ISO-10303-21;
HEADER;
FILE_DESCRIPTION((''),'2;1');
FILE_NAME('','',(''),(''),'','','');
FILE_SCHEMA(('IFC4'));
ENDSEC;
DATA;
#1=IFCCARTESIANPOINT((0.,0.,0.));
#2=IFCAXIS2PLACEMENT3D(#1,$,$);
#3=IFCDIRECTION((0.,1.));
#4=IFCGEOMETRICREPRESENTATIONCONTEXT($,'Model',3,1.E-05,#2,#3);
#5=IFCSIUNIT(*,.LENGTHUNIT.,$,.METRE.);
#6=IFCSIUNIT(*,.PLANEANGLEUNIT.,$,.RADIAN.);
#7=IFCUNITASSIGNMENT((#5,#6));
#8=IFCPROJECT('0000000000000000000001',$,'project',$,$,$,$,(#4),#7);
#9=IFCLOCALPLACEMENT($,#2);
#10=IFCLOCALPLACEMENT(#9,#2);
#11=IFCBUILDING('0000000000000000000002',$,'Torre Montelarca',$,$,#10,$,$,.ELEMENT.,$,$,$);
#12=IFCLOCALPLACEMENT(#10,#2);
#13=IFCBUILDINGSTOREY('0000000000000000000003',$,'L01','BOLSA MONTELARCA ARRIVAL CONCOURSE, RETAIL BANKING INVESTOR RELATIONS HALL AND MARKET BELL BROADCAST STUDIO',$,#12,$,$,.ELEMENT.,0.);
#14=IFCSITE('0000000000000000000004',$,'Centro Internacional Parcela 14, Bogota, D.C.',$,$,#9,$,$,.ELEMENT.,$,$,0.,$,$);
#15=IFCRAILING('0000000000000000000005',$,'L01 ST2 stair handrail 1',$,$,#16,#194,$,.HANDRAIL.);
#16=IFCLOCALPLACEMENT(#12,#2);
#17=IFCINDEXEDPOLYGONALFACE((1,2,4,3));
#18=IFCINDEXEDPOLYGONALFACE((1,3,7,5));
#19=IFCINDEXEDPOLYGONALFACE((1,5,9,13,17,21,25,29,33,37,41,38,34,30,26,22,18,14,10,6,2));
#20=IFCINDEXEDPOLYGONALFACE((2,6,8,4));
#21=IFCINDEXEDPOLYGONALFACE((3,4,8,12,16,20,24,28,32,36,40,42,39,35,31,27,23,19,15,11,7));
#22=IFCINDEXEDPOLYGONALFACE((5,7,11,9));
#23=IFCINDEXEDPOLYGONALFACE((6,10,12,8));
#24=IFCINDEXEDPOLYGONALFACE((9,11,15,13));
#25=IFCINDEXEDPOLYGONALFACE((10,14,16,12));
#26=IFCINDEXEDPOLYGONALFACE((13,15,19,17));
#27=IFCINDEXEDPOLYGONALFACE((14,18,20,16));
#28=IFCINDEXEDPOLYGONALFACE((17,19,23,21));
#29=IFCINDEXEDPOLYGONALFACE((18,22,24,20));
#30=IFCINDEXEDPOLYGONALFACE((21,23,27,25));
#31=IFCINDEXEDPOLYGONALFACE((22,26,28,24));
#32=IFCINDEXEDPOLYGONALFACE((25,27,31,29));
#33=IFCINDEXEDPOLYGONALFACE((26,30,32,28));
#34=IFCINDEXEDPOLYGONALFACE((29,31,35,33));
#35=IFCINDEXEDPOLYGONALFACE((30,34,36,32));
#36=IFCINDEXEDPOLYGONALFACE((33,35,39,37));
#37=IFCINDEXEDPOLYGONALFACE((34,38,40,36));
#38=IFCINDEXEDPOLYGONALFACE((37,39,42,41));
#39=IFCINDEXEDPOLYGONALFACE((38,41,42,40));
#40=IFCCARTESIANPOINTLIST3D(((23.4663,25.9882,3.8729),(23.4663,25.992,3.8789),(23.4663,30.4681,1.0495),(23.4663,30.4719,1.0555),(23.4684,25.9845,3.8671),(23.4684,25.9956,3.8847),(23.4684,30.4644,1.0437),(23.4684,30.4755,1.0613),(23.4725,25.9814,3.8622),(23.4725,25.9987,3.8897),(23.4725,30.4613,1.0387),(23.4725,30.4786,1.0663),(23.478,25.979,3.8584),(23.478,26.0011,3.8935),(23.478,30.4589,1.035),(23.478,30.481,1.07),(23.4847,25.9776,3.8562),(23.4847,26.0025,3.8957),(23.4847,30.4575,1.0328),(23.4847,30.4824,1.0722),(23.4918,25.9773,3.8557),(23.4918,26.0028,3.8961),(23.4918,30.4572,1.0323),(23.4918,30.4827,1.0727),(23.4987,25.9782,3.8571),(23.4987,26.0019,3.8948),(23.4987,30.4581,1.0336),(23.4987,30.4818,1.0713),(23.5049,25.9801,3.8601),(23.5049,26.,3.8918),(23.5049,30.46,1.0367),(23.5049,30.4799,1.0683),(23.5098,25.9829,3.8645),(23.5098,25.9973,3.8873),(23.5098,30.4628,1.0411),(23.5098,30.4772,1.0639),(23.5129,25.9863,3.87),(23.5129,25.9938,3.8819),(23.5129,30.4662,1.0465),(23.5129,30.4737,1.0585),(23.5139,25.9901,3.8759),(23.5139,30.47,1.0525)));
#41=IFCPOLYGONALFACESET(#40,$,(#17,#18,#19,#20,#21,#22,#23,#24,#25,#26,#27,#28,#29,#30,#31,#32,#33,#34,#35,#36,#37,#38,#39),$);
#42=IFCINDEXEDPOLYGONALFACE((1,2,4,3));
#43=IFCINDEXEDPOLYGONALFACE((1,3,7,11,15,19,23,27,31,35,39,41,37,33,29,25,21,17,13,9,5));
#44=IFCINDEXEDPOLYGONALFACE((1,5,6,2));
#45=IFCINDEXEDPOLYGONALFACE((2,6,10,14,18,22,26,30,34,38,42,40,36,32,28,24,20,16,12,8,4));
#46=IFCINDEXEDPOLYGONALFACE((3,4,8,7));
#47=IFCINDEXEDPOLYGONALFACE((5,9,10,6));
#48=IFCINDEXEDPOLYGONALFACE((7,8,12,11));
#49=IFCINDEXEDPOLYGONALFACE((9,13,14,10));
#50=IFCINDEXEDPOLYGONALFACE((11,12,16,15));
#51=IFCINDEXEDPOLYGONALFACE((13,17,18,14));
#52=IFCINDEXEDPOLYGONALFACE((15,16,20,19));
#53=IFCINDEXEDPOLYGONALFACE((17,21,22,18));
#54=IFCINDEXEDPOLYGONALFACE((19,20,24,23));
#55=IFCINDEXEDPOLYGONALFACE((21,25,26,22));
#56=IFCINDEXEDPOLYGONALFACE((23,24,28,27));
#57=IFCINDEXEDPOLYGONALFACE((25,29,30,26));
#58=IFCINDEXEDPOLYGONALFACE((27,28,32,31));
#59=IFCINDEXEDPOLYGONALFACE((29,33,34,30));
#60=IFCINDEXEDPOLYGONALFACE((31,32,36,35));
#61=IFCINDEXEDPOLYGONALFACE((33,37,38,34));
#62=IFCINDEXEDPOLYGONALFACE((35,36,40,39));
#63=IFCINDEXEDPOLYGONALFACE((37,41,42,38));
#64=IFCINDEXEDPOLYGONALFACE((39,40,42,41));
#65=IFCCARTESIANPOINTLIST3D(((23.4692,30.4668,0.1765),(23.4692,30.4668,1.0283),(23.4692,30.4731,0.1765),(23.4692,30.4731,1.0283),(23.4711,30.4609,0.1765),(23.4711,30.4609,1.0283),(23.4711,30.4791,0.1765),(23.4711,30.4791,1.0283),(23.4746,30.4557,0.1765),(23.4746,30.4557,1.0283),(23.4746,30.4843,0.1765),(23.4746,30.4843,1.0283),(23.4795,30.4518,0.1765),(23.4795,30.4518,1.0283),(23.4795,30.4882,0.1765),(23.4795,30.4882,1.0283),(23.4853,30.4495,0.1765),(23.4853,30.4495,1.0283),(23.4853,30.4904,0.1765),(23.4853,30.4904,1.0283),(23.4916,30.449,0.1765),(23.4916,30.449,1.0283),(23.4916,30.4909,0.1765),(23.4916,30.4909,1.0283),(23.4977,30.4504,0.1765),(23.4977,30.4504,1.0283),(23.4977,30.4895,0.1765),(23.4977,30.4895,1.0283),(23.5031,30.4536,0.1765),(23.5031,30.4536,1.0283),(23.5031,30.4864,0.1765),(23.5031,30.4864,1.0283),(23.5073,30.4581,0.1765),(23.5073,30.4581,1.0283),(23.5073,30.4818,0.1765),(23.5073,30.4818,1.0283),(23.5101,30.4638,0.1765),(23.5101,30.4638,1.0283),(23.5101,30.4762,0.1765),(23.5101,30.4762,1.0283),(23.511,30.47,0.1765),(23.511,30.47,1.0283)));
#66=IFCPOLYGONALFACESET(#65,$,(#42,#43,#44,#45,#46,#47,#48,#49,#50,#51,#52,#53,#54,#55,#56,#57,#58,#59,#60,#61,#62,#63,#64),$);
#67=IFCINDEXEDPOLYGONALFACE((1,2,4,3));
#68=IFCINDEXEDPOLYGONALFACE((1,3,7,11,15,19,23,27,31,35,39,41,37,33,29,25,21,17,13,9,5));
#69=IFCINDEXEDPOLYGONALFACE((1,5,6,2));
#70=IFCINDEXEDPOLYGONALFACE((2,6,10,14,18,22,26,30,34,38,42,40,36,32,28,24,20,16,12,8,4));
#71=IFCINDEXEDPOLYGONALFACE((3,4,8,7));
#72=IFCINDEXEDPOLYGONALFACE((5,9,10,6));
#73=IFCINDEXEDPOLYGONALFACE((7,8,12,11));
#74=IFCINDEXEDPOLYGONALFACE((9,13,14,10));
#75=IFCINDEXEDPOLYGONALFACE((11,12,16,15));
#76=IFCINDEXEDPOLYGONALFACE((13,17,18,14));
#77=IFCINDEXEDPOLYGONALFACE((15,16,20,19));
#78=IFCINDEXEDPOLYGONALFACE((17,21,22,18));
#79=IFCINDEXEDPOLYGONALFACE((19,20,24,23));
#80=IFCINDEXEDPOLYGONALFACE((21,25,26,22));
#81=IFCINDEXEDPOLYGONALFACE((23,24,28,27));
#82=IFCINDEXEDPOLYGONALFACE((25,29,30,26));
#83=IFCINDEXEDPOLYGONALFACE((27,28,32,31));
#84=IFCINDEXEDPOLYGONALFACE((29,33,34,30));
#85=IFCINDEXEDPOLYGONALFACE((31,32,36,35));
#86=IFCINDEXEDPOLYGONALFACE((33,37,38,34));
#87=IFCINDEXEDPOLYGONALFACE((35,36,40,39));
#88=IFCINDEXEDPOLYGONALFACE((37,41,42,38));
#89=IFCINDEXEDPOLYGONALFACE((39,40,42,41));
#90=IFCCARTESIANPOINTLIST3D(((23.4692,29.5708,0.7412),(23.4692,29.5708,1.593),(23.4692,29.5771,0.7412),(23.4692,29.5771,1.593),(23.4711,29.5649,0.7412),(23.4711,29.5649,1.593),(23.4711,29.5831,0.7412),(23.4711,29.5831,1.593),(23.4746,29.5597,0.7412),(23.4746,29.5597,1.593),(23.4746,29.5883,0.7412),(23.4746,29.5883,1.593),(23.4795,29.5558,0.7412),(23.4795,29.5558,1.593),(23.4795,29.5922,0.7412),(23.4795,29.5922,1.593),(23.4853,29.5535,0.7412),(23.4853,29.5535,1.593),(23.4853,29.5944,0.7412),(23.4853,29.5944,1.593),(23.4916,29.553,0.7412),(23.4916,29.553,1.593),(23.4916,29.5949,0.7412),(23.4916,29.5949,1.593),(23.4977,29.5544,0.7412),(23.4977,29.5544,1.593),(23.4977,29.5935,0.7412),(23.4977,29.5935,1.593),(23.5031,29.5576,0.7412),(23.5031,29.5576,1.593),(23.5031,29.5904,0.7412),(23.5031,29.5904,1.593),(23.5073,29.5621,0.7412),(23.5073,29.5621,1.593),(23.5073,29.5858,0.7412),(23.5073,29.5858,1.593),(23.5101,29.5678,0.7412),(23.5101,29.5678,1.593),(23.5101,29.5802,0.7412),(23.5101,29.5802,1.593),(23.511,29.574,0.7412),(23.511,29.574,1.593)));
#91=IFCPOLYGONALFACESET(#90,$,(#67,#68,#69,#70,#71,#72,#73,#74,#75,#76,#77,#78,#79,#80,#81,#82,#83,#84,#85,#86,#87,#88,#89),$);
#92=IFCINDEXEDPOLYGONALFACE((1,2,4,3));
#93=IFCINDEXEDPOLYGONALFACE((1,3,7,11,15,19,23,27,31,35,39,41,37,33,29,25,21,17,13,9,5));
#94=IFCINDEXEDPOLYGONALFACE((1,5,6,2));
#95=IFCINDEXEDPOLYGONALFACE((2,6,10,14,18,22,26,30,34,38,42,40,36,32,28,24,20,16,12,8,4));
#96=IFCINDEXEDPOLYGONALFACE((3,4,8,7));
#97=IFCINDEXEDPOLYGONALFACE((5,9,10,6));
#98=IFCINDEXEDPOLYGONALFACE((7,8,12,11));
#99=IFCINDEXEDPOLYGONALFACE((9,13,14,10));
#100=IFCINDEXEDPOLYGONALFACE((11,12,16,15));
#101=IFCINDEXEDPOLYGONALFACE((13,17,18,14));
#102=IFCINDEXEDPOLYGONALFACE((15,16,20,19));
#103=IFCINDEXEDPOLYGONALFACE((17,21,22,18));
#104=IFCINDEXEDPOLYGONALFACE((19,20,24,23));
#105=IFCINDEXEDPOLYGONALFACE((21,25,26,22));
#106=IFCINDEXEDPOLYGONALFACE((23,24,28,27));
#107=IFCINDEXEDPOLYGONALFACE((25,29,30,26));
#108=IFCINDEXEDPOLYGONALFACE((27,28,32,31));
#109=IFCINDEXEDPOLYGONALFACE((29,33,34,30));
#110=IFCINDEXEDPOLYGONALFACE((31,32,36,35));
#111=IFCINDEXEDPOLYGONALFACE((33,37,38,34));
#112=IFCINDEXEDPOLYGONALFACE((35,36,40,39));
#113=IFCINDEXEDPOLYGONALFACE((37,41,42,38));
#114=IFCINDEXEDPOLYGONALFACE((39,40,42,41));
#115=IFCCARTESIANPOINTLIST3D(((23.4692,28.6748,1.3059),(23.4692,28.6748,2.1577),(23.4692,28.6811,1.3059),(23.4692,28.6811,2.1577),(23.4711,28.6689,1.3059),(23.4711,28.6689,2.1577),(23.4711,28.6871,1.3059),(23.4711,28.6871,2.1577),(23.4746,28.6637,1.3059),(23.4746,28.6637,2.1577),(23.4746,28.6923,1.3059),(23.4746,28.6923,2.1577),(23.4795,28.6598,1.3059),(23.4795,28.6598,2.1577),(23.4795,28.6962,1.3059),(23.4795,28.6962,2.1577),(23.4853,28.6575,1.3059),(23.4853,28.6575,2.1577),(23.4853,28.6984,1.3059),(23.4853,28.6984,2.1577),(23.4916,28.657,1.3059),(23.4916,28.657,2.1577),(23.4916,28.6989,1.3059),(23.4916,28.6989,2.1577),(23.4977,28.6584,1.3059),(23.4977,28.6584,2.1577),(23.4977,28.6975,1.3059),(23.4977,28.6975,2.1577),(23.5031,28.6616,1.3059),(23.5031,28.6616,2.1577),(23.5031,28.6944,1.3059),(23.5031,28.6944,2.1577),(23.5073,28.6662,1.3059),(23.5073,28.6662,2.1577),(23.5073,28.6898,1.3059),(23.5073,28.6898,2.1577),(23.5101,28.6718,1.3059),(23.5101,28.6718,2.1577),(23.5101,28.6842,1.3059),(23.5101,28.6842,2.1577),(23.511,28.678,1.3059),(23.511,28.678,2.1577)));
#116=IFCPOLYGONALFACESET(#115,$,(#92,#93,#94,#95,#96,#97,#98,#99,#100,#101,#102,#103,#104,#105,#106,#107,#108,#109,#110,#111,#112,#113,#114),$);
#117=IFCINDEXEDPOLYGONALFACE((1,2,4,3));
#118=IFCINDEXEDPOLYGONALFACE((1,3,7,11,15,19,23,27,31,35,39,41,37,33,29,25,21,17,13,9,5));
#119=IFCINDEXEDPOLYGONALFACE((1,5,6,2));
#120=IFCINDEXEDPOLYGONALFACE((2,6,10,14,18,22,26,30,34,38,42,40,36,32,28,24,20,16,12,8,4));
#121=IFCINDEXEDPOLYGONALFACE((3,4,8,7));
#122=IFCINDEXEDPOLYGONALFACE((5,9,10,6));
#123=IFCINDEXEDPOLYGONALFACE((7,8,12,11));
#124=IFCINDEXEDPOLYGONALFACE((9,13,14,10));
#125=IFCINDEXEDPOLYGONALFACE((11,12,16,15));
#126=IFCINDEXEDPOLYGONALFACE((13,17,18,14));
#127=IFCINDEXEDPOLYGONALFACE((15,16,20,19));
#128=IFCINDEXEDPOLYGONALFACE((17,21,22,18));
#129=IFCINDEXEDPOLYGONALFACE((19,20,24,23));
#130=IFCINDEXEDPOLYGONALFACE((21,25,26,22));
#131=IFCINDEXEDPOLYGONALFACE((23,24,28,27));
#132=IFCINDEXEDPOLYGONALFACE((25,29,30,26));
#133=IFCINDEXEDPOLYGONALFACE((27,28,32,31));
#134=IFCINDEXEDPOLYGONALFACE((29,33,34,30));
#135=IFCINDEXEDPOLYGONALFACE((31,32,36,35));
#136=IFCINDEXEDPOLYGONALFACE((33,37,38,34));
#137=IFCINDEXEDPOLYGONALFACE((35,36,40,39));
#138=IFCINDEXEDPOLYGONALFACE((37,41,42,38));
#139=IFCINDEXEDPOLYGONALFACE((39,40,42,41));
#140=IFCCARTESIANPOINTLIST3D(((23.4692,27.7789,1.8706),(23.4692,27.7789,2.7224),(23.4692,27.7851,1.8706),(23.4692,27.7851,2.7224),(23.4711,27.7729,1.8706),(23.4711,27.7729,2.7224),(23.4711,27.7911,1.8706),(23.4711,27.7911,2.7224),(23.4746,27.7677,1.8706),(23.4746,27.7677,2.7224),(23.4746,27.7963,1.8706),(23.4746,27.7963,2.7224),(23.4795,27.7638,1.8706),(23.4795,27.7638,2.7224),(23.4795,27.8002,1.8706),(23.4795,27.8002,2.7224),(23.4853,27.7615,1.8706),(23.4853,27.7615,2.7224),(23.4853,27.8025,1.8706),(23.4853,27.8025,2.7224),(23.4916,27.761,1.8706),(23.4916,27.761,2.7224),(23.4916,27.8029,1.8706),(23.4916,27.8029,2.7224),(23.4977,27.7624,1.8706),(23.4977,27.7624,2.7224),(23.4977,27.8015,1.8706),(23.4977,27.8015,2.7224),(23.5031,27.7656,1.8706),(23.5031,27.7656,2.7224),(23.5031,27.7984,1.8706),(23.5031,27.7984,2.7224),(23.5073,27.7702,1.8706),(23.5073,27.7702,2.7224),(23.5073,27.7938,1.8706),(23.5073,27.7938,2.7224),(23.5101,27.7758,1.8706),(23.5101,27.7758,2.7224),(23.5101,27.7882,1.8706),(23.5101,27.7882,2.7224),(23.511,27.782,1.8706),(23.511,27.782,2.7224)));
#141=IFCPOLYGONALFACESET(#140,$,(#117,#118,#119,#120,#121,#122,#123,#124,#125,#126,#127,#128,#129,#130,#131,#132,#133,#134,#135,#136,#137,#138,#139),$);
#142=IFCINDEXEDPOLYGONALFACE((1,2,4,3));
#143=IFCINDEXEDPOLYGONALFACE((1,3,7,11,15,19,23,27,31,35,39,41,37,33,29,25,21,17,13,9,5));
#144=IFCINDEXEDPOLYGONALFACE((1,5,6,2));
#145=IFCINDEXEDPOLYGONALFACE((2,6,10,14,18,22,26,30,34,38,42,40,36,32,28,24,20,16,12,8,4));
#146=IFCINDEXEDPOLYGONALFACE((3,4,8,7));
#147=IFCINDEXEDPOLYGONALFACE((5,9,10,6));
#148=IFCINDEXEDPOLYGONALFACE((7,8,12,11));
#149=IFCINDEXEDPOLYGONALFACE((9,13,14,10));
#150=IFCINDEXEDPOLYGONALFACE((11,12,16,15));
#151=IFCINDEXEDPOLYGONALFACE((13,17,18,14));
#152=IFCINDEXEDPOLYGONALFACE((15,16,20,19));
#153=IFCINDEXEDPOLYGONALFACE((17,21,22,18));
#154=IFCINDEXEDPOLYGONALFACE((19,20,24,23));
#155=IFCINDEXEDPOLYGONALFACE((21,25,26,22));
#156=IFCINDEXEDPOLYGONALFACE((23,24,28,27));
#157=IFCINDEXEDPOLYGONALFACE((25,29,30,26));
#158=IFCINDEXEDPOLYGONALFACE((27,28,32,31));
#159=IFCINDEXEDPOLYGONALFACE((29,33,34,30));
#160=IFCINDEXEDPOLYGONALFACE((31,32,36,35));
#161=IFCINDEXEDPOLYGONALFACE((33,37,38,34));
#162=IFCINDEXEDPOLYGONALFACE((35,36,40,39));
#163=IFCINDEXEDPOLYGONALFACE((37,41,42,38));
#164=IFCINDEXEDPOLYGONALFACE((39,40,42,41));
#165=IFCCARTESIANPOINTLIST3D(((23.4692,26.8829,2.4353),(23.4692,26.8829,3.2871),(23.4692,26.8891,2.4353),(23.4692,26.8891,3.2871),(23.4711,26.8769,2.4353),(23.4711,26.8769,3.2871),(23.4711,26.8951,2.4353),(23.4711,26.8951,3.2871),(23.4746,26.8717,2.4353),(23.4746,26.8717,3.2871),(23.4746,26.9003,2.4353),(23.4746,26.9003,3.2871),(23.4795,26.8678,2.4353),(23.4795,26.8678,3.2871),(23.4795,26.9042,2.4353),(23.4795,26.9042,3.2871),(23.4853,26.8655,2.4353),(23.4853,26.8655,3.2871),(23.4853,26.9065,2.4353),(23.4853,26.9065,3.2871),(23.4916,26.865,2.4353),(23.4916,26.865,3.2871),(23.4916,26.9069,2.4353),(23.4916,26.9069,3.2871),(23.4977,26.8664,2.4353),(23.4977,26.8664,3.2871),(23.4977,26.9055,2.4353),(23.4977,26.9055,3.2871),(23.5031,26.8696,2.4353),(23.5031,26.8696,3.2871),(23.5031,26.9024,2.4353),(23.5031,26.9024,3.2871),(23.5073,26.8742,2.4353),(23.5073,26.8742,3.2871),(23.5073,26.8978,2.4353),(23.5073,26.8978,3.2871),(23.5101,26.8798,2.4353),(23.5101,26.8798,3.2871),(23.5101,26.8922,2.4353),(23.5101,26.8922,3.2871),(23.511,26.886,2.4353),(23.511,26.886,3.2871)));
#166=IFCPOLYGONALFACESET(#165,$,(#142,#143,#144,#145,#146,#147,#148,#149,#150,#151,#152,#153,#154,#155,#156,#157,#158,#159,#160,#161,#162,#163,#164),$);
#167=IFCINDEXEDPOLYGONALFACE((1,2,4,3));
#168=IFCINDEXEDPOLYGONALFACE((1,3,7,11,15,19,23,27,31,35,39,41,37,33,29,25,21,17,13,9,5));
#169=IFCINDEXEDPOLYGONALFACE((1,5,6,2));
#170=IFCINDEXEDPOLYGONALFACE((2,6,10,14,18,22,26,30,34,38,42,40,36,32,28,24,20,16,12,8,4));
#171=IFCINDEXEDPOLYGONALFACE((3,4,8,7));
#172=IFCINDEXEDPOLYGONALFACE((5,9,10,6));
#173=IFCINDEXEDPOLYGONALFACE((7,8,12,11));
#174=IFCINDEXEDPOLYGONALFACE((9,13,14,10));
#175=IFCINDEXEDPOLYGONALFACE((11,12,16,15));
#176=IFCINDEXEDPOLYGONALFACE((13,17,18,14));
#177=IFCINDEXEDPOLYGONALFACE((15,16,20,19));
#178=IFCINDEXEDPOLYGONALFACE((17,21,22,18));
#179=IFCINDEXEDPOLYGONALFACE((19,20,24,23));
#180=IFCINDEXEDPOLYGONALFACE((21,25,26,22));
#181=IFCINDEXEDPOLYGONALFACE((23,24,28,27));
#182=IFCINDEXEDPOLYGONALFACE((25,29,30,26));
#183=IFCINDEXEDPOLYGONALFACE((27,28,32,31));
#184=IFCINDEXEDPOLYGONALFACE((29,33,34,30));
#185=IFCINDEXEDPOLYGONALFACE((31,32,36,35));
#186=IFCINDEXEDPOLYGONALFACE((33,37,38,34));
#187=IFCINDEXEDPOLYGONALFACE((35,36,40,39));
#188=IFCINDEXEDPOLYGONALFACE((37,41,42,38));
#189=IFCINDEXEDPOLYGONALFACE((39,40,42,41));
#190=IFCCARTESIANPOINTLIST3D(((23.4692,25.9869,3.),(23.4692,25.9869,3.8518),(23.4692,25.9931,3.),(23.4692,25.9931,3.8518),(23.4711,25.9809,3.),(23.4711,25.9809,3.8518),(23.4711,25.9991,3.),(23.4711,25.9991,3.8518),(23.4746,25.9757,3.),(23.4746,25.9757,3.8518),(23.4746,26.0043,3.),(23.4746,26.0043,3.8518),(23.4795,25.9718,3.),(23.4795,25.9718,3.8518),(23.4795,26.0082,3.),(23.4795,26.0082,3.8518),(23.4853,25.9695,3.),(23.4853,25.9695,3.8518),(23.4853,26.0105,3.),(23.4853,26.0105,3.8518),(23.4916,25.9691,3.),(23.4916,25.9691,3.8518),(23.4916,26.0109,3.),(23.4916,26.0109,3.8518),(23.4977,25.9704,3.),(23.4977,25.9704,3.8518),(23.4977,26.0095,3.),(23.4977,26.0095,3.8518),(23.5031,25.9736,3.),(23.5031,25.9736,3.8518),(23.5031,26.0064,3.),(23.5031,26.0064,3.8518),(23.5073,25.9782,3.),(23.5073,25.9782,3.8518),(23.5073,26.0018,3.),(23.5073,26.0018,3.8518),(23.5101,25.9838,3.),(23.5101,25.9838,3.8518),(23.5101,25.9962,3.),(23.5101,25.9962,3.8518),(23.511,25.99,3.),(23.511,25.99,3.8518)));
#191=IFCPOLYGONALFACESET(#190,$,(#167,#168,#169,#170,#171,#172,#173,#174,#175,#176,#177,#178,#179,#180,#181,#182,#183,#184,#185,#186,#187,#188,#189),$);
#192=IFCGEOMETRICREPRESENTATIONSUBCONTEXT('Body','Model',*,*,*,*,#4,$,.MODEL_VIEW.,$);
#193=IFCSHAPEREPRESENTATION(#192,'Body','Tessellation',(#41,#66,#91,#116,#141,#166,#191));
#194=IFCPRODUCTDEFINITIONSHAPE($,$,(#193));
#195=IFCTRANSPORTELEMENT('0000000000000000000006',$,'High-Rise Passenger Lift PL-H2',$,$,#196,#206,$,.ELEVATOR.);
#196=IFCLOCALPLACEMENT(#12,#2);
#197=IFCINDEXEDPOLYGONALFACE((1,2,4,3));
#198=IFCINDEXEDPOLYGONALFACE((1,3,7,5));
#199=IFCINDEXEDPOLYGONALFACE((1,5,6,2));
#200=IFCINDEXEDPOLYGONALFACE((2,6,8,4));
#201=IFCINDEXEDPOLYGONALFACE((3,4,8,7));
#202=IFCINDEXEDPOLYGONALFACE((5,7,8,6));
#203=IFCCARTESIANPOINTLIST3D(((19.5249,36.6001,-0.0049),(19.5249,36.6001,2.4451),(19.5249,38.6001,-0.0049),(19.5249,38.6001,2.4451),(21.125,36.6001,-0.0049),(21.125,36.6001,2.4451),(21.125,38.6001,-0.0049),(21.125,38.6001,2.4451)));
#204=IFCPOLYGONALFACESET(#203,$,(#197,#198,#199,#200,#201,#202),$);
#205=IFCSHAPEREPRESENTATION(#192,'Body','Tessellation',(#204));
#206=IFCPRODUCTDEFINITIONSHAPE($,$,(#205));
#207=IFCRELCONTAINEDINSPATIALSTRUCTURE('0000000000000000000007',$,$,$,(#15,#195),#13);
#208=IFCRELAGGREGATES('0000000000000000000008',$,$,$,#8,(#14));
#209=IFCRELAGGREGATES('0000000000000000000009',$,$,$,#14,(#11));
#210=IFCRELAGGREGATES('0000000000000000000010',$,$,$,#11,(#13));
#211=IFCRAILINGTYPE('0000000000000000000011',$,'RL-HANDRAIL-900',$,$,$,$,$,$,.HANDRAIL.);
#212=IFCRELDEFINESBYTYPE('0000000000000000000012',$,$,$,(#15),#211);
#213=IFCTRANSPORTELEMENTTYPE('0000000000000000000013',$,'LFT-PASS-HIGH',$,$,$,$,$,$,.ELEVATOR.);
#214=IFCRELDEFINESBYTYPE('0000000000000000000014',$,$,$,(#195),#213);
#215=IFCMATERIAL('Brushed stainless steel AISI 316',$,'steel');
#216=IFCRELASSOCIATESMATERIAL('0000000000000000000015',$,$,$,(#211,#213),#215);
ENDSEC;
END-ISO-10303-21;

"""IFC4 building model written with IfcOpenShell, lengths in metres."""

from ifc_helpers import new_model, si_unit, direction, frame, origin, origin_2d, place, context, subcontext, project, spatial, rectangle, circle, extrude, source, transform, mapped, material, type_object, element, save


model = new_model("IFC4")

# Units and contexts
model_context = context("Model", 3, precision=1e-05, world=origin(), true_north=direction((0.0, 1.0)))
body_context = subcontext(model_context, "Body", "Model", "MODEL_VIEW")
ifc_project = project(units=[si_unit("LENGTHUNIT", "METRE"), si_unit("PLANEANGLEUNIT", "RADIAN")], contexts=[model_context])

# Site, building, storey
site_placement = place(None, origin())
site = spatial("IfcSite", under=ifc_project, at=site_placement, Name="Centro Internacional Parcela 14, Bogota, D.C.", CompositionType="ELEMENT", RefElevation=0.0)
building_placement = place(site_placement, origin())
building = spatial("IfcBuilding", under=site, at=building_placement, Name="Torre Montelarca", CompositionType="ELEMENT")
storey_placement = place(building_placement, origin())
storey = spatial("IfcBuildingStorey", under=building, at=storey_placement, Name="L01", Description="BOLSA MONTELARCA ARRIVAL CONCOURSE, RETAIL BANKING INVESTOR RELATIONS HALL AND MARKET BELL BROADCAST STUDIO", CompositionType="ELEMENT", Elevation=0.0)

# Shared definitions
ifc_material_1 = material(Name="Brushed stainless steel AISI 316", Category="steel")

# Railing
railing_type_1 = type_object("IfcRailingType", Name="RL-HANDRAIL-900", PredefinedType="HANDRAIL", material=ifc_material_1)
railing_1_placement = place(storey_placement, frame((23.49, 30.47, 0.1765)))
element("IfcRailing", 1, at=railing_1_placement, inside=storey, type_object=railing_type_1, Name="L01 ST2 stair handrail 1", PredefinedType="HANDRAIL", context=body_context, shape_type="SweptSolid", body=[
    extrude(circle(Radius=0.0239, at=origin_2d()), frame((0.0, 0.0, 0.876), z_axis=(0.0, -0.845998, 0.533186), x_axis=(1.0, 0.0, 0.0)), (0.0, 0.0, 1.0), 5.2954),
    extrude(circle(Radius=0.021, at=origin_2d()), origin(), (0.0, 0.0, 1.0), 0.8518),
    extrude(circle(Radius=0.021, at=origin_2d()), frame((0.0, -0.896, 0.5647)), (0.0, 0.0, 1.0), 0.8518),
    extrude(circle(Radius=0.021, at=origin_2d()), frame((0.0, -1.792, 1.1294)), (0.0, 0.0, 1.0), 0.8518),
    extrude(circle(Radius=0.021, at=origin_2d()), frame((0.0, -2.688, 1.6941)), (0.0, 0.0, 1.0), 0.8518),
    extrude(circle(Radius=0.021, at=origin_2d()), frame((0.0, -3.584, 2.2588)), (0.0, 0.0, 1.0), 0.8518),
    extrude(circle(Radius=0.021, at=origin_2d()), frame((0.0, -4.48, 2.8235)), (0.0, 0.0, 1.0), 0.8518),
])

# Transport element
transport_element_type = type_object("IfcTransportElementType", Name="LFT-PASS-HIGH", PredefinedType="ELEVATOR", material=ifc_material_1)
shared_shape_1 = source(origin(), body_context, "Body", "SweptSolid", [
    extrude(rectangle(XDim=1.6001, YDim=2.0, at=origin_2d()), origin(), (0.0, 0.0, 1.0), 2.45),
])
transport_element_placement = place(storey_placement, frame((20.325, 37.6001, -0.0049), z_axis=(0.0, 0.0, 1.0), x_axis=(1.0, 0.0, 0.0)))
element("IfcTransportElement", 2, at=transport_element_placement, inside=storey, type_object=transport_element_type, Name="High-Rise Passenger Lift PL-H2", PredefinedType="ELEVATOR", context=body_context, shape_type="MappedRepresentation", body=[
    mapped(shared_shape_1, transform((0.0, 0.0, 0.0), scale=1.0)),
])

save(model, "model.ifc")
